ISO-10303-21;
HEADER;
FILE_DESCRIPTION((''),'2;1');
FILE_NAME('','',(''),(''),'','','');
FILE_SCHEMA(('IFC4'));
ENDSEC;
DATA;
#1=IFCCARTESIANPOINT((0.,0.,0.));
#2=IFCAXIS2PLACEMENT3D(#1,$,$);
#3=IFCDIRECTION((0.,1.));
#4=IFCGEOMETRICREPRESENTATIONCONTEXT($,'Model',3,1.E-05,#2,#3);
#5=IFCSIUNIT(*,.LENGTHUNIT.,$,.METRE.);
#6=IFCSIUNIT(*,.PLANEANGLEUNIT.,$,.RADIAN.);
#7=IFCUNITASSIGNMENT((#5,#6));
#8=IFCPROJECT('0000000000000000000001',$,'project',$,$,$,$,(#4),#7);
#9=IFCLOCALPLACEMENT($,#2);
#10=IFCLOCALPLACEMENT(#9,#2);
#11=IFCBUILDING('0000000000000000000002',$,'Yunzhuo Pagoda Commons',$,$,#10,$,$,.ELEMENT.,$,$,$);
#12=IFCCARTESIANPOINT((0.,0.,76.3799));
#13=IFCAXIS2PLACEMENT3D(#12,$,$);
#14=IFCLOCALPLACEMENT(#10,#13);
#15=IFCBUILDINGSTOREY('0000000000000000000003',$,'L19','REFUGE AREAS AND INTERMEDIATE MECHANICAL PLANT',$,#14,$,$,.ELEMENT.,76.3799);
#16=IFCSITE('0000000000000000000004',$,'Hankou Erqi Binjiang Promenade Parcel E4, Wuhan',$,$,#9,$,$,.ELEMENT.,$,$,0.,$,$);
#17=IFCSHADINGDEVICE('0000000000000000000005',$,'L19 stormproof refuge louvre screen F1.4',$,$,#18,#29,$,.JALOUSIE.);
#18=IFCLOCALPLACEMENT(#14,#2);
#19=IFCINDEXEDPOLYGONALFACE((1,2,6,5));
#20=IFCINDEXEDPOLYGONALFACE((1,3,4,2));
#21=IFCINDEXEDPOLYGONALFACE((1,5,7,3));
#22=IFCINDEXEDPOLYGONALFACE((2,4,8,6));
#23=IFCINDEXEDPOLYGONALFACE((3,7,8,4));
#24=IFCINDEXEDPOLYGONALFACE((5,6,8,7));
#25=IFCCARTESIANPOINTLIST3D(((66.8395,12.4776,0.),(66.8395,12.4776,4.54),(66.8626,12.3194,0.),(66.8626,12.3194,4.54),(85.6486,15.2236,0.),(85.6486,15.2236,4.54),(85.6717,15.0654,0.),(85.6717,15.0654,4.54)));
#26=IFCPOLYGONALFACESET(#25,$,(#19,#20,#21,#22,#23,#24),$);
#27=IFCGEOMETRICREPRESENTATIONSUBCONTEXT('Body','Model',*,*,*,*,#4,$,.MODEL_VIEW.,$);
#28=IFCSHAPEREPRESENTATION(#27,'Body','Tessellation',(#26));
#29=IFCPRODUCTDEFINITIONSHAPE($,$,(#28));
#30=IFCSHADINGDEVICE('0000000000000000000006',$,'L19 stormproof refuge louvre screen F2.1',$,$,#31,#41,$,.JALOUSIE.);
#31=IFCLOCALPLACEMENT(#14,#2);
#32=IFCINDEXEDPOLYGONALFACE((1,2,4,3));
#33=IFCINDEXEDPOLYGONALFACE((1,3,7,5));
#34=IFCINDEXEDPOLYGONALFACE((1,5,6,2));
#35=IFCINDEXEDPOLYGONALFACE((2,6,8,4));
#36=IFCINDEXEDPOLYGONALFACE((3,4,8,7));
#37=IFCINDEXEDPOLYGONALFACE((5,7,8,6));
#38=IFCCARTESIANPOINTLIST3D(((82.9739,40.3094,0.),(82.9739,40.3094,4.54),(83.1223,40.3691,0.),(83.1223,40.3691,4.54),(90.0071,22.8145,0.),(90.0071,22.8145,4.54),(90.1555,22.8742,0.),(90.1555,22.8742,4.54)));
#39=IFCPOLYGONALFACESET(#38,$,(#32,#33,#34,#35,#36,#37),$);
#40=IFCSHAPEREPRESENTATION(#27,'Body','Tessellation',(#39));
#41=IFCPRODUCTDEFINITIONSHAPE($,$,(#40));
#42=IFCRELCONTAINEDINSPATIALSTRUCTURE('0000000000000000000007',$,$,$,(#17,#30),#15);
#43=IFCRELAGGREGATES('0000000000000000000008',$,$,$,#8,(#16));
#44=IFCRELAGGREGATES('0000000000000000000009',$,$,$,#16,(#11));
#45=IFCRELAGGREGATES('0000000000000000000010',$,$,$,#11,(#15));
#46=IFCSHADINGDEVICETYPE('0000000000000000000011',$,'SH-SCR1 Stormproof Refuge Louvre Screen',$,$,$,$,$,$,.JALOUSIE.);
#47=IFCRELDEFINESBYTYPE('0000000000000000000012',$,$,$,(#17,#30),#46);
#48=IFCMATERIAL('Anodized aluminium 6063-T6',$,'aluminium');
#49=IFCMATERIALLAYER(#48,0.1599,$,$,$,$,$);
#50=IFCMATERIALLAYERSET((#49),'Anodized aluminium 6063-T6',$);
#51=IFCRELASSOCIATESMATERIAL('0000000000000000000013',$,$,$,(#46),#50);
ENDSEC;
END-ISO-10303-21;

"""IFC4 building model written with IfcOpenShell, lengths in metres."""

from ifc_helpers import new_model, si_unit, direction, frame, origin, origin_2d, place, context, subcontext, project, spatial, rectangle, extrude, source, transform, mapped, material, layer, layer_set, type_object, element, save


model = new_model("IFC4")

# Units and contexts
model_context = context("Model", 3, precision=1e-05, world=origin(), true_north=direction((0.0, 1.0)))
body_context = subcontext(model_context, "Body", "Model", "MODEL_VIEW")
ifc_project = project(units=[si_unit("LENGTHUNIT", "METRE"), si_unit("PLANEANGLEUNIT", "RADIAN")], contexts=[model_context])

# Site, building, storey
site_placement = place(None, origin())
site = spatial("IfcSite", under=ifc_project, at=site_placement, Name="Hankou Erqi Binjiang Promenade Parcel E4, Wuhan", CompositionType="ELEMENT", RefElevation=0.0)
building_placement = place(site_placement, origin())
building = spatial("IfcBuilding", under=site, at=building_placement, Name="Yunzhuo Pagoda Commons", CompositionType="ELEMENT")
storey_placement = place(building_placement, frame((0.0, 0.0, 76.3799)))
storey = spatial("IfcBuildingStorey", under=building, at=storey_placement, Name="L19", Description="REFUGE AREAS AND INTERMEDIATE MECHANICAL PLANT", CompositionType="ELEMENT", Elevation=76.3799)

# Shading devices
ifc_material_1 = material(Name="Anodized aluminium 6063-T6", Category="aluminium")
ifc_layer_1 = layer(ifc_material_1, 0.1599)
ifc_layer_set_1 = layer_set([ifc_layer_1], Name="Anodized aluminium 6063-T6")
shading_device_type = type_object("IfcShadingDeviceType", Name="SH-SCR1 Stormproof Refuge Louvre Screen", PredefinedType="JALOUSIE", material=ifc_layer_set_1)
shared_shape_1 = source(origin(), body_context, "Body", "SweptSolid", [
    extrude(rectangle(XDim=19.0085, YDim=0.1599, at=origin_2d()), origin(), (0.0, 0.0, 1.0), 4.54),
])
shading_device_1_placement = place(storey_placement, frame((76.2556, 13.7715, 0.0), z_axis=(0.0, 0.0, 1.0), x_axis=(0.989511, 0.14446, 0.0)))
element("IfcShadingDevice", 1, at=shading_device_1_placement, inside=storey, type_object=shading_device_type, Name="L19 stormproof refuge louvre screen F1.4", PredefinedType="JALOUSIE", context=body_context, shape_type="MappedRepresentation", body=[
    mapped(shared_shape_1, transform((0.0, 0.0, 0.0), scale=1.0)),
])
shared_shape_2 = source(origin(), body_context, "Body", "SweptSolid", [
    extrude(rectangle(XDim=18.8557, YDim=0.1599, at=origin_2d()), origin(), (0.0, 0.0, 1.0), 4.54),
])
shading_device_2_placement = place(storey_placement, frame((86.5647, 31.5918, 0.0), z_axis=(0.0, 0.0, 1.0), x_axis=(-0.373004, 0.92783, 0.0)))
element("IfcShadingDevice", 2, at=shading_device_2_placement, inside=storey, type_object=shading_device_type, Name="L19 stormproof refuge louvre screen F2.1", PredefinedType="JALOUSIE", context=body_context, shape_type="MappedRepresentation", body=[
    mapped(shared_shape_2, transform((0.0, 0.0, 0.0), scale=1.0)),
])

save(model, "model.ifc")
